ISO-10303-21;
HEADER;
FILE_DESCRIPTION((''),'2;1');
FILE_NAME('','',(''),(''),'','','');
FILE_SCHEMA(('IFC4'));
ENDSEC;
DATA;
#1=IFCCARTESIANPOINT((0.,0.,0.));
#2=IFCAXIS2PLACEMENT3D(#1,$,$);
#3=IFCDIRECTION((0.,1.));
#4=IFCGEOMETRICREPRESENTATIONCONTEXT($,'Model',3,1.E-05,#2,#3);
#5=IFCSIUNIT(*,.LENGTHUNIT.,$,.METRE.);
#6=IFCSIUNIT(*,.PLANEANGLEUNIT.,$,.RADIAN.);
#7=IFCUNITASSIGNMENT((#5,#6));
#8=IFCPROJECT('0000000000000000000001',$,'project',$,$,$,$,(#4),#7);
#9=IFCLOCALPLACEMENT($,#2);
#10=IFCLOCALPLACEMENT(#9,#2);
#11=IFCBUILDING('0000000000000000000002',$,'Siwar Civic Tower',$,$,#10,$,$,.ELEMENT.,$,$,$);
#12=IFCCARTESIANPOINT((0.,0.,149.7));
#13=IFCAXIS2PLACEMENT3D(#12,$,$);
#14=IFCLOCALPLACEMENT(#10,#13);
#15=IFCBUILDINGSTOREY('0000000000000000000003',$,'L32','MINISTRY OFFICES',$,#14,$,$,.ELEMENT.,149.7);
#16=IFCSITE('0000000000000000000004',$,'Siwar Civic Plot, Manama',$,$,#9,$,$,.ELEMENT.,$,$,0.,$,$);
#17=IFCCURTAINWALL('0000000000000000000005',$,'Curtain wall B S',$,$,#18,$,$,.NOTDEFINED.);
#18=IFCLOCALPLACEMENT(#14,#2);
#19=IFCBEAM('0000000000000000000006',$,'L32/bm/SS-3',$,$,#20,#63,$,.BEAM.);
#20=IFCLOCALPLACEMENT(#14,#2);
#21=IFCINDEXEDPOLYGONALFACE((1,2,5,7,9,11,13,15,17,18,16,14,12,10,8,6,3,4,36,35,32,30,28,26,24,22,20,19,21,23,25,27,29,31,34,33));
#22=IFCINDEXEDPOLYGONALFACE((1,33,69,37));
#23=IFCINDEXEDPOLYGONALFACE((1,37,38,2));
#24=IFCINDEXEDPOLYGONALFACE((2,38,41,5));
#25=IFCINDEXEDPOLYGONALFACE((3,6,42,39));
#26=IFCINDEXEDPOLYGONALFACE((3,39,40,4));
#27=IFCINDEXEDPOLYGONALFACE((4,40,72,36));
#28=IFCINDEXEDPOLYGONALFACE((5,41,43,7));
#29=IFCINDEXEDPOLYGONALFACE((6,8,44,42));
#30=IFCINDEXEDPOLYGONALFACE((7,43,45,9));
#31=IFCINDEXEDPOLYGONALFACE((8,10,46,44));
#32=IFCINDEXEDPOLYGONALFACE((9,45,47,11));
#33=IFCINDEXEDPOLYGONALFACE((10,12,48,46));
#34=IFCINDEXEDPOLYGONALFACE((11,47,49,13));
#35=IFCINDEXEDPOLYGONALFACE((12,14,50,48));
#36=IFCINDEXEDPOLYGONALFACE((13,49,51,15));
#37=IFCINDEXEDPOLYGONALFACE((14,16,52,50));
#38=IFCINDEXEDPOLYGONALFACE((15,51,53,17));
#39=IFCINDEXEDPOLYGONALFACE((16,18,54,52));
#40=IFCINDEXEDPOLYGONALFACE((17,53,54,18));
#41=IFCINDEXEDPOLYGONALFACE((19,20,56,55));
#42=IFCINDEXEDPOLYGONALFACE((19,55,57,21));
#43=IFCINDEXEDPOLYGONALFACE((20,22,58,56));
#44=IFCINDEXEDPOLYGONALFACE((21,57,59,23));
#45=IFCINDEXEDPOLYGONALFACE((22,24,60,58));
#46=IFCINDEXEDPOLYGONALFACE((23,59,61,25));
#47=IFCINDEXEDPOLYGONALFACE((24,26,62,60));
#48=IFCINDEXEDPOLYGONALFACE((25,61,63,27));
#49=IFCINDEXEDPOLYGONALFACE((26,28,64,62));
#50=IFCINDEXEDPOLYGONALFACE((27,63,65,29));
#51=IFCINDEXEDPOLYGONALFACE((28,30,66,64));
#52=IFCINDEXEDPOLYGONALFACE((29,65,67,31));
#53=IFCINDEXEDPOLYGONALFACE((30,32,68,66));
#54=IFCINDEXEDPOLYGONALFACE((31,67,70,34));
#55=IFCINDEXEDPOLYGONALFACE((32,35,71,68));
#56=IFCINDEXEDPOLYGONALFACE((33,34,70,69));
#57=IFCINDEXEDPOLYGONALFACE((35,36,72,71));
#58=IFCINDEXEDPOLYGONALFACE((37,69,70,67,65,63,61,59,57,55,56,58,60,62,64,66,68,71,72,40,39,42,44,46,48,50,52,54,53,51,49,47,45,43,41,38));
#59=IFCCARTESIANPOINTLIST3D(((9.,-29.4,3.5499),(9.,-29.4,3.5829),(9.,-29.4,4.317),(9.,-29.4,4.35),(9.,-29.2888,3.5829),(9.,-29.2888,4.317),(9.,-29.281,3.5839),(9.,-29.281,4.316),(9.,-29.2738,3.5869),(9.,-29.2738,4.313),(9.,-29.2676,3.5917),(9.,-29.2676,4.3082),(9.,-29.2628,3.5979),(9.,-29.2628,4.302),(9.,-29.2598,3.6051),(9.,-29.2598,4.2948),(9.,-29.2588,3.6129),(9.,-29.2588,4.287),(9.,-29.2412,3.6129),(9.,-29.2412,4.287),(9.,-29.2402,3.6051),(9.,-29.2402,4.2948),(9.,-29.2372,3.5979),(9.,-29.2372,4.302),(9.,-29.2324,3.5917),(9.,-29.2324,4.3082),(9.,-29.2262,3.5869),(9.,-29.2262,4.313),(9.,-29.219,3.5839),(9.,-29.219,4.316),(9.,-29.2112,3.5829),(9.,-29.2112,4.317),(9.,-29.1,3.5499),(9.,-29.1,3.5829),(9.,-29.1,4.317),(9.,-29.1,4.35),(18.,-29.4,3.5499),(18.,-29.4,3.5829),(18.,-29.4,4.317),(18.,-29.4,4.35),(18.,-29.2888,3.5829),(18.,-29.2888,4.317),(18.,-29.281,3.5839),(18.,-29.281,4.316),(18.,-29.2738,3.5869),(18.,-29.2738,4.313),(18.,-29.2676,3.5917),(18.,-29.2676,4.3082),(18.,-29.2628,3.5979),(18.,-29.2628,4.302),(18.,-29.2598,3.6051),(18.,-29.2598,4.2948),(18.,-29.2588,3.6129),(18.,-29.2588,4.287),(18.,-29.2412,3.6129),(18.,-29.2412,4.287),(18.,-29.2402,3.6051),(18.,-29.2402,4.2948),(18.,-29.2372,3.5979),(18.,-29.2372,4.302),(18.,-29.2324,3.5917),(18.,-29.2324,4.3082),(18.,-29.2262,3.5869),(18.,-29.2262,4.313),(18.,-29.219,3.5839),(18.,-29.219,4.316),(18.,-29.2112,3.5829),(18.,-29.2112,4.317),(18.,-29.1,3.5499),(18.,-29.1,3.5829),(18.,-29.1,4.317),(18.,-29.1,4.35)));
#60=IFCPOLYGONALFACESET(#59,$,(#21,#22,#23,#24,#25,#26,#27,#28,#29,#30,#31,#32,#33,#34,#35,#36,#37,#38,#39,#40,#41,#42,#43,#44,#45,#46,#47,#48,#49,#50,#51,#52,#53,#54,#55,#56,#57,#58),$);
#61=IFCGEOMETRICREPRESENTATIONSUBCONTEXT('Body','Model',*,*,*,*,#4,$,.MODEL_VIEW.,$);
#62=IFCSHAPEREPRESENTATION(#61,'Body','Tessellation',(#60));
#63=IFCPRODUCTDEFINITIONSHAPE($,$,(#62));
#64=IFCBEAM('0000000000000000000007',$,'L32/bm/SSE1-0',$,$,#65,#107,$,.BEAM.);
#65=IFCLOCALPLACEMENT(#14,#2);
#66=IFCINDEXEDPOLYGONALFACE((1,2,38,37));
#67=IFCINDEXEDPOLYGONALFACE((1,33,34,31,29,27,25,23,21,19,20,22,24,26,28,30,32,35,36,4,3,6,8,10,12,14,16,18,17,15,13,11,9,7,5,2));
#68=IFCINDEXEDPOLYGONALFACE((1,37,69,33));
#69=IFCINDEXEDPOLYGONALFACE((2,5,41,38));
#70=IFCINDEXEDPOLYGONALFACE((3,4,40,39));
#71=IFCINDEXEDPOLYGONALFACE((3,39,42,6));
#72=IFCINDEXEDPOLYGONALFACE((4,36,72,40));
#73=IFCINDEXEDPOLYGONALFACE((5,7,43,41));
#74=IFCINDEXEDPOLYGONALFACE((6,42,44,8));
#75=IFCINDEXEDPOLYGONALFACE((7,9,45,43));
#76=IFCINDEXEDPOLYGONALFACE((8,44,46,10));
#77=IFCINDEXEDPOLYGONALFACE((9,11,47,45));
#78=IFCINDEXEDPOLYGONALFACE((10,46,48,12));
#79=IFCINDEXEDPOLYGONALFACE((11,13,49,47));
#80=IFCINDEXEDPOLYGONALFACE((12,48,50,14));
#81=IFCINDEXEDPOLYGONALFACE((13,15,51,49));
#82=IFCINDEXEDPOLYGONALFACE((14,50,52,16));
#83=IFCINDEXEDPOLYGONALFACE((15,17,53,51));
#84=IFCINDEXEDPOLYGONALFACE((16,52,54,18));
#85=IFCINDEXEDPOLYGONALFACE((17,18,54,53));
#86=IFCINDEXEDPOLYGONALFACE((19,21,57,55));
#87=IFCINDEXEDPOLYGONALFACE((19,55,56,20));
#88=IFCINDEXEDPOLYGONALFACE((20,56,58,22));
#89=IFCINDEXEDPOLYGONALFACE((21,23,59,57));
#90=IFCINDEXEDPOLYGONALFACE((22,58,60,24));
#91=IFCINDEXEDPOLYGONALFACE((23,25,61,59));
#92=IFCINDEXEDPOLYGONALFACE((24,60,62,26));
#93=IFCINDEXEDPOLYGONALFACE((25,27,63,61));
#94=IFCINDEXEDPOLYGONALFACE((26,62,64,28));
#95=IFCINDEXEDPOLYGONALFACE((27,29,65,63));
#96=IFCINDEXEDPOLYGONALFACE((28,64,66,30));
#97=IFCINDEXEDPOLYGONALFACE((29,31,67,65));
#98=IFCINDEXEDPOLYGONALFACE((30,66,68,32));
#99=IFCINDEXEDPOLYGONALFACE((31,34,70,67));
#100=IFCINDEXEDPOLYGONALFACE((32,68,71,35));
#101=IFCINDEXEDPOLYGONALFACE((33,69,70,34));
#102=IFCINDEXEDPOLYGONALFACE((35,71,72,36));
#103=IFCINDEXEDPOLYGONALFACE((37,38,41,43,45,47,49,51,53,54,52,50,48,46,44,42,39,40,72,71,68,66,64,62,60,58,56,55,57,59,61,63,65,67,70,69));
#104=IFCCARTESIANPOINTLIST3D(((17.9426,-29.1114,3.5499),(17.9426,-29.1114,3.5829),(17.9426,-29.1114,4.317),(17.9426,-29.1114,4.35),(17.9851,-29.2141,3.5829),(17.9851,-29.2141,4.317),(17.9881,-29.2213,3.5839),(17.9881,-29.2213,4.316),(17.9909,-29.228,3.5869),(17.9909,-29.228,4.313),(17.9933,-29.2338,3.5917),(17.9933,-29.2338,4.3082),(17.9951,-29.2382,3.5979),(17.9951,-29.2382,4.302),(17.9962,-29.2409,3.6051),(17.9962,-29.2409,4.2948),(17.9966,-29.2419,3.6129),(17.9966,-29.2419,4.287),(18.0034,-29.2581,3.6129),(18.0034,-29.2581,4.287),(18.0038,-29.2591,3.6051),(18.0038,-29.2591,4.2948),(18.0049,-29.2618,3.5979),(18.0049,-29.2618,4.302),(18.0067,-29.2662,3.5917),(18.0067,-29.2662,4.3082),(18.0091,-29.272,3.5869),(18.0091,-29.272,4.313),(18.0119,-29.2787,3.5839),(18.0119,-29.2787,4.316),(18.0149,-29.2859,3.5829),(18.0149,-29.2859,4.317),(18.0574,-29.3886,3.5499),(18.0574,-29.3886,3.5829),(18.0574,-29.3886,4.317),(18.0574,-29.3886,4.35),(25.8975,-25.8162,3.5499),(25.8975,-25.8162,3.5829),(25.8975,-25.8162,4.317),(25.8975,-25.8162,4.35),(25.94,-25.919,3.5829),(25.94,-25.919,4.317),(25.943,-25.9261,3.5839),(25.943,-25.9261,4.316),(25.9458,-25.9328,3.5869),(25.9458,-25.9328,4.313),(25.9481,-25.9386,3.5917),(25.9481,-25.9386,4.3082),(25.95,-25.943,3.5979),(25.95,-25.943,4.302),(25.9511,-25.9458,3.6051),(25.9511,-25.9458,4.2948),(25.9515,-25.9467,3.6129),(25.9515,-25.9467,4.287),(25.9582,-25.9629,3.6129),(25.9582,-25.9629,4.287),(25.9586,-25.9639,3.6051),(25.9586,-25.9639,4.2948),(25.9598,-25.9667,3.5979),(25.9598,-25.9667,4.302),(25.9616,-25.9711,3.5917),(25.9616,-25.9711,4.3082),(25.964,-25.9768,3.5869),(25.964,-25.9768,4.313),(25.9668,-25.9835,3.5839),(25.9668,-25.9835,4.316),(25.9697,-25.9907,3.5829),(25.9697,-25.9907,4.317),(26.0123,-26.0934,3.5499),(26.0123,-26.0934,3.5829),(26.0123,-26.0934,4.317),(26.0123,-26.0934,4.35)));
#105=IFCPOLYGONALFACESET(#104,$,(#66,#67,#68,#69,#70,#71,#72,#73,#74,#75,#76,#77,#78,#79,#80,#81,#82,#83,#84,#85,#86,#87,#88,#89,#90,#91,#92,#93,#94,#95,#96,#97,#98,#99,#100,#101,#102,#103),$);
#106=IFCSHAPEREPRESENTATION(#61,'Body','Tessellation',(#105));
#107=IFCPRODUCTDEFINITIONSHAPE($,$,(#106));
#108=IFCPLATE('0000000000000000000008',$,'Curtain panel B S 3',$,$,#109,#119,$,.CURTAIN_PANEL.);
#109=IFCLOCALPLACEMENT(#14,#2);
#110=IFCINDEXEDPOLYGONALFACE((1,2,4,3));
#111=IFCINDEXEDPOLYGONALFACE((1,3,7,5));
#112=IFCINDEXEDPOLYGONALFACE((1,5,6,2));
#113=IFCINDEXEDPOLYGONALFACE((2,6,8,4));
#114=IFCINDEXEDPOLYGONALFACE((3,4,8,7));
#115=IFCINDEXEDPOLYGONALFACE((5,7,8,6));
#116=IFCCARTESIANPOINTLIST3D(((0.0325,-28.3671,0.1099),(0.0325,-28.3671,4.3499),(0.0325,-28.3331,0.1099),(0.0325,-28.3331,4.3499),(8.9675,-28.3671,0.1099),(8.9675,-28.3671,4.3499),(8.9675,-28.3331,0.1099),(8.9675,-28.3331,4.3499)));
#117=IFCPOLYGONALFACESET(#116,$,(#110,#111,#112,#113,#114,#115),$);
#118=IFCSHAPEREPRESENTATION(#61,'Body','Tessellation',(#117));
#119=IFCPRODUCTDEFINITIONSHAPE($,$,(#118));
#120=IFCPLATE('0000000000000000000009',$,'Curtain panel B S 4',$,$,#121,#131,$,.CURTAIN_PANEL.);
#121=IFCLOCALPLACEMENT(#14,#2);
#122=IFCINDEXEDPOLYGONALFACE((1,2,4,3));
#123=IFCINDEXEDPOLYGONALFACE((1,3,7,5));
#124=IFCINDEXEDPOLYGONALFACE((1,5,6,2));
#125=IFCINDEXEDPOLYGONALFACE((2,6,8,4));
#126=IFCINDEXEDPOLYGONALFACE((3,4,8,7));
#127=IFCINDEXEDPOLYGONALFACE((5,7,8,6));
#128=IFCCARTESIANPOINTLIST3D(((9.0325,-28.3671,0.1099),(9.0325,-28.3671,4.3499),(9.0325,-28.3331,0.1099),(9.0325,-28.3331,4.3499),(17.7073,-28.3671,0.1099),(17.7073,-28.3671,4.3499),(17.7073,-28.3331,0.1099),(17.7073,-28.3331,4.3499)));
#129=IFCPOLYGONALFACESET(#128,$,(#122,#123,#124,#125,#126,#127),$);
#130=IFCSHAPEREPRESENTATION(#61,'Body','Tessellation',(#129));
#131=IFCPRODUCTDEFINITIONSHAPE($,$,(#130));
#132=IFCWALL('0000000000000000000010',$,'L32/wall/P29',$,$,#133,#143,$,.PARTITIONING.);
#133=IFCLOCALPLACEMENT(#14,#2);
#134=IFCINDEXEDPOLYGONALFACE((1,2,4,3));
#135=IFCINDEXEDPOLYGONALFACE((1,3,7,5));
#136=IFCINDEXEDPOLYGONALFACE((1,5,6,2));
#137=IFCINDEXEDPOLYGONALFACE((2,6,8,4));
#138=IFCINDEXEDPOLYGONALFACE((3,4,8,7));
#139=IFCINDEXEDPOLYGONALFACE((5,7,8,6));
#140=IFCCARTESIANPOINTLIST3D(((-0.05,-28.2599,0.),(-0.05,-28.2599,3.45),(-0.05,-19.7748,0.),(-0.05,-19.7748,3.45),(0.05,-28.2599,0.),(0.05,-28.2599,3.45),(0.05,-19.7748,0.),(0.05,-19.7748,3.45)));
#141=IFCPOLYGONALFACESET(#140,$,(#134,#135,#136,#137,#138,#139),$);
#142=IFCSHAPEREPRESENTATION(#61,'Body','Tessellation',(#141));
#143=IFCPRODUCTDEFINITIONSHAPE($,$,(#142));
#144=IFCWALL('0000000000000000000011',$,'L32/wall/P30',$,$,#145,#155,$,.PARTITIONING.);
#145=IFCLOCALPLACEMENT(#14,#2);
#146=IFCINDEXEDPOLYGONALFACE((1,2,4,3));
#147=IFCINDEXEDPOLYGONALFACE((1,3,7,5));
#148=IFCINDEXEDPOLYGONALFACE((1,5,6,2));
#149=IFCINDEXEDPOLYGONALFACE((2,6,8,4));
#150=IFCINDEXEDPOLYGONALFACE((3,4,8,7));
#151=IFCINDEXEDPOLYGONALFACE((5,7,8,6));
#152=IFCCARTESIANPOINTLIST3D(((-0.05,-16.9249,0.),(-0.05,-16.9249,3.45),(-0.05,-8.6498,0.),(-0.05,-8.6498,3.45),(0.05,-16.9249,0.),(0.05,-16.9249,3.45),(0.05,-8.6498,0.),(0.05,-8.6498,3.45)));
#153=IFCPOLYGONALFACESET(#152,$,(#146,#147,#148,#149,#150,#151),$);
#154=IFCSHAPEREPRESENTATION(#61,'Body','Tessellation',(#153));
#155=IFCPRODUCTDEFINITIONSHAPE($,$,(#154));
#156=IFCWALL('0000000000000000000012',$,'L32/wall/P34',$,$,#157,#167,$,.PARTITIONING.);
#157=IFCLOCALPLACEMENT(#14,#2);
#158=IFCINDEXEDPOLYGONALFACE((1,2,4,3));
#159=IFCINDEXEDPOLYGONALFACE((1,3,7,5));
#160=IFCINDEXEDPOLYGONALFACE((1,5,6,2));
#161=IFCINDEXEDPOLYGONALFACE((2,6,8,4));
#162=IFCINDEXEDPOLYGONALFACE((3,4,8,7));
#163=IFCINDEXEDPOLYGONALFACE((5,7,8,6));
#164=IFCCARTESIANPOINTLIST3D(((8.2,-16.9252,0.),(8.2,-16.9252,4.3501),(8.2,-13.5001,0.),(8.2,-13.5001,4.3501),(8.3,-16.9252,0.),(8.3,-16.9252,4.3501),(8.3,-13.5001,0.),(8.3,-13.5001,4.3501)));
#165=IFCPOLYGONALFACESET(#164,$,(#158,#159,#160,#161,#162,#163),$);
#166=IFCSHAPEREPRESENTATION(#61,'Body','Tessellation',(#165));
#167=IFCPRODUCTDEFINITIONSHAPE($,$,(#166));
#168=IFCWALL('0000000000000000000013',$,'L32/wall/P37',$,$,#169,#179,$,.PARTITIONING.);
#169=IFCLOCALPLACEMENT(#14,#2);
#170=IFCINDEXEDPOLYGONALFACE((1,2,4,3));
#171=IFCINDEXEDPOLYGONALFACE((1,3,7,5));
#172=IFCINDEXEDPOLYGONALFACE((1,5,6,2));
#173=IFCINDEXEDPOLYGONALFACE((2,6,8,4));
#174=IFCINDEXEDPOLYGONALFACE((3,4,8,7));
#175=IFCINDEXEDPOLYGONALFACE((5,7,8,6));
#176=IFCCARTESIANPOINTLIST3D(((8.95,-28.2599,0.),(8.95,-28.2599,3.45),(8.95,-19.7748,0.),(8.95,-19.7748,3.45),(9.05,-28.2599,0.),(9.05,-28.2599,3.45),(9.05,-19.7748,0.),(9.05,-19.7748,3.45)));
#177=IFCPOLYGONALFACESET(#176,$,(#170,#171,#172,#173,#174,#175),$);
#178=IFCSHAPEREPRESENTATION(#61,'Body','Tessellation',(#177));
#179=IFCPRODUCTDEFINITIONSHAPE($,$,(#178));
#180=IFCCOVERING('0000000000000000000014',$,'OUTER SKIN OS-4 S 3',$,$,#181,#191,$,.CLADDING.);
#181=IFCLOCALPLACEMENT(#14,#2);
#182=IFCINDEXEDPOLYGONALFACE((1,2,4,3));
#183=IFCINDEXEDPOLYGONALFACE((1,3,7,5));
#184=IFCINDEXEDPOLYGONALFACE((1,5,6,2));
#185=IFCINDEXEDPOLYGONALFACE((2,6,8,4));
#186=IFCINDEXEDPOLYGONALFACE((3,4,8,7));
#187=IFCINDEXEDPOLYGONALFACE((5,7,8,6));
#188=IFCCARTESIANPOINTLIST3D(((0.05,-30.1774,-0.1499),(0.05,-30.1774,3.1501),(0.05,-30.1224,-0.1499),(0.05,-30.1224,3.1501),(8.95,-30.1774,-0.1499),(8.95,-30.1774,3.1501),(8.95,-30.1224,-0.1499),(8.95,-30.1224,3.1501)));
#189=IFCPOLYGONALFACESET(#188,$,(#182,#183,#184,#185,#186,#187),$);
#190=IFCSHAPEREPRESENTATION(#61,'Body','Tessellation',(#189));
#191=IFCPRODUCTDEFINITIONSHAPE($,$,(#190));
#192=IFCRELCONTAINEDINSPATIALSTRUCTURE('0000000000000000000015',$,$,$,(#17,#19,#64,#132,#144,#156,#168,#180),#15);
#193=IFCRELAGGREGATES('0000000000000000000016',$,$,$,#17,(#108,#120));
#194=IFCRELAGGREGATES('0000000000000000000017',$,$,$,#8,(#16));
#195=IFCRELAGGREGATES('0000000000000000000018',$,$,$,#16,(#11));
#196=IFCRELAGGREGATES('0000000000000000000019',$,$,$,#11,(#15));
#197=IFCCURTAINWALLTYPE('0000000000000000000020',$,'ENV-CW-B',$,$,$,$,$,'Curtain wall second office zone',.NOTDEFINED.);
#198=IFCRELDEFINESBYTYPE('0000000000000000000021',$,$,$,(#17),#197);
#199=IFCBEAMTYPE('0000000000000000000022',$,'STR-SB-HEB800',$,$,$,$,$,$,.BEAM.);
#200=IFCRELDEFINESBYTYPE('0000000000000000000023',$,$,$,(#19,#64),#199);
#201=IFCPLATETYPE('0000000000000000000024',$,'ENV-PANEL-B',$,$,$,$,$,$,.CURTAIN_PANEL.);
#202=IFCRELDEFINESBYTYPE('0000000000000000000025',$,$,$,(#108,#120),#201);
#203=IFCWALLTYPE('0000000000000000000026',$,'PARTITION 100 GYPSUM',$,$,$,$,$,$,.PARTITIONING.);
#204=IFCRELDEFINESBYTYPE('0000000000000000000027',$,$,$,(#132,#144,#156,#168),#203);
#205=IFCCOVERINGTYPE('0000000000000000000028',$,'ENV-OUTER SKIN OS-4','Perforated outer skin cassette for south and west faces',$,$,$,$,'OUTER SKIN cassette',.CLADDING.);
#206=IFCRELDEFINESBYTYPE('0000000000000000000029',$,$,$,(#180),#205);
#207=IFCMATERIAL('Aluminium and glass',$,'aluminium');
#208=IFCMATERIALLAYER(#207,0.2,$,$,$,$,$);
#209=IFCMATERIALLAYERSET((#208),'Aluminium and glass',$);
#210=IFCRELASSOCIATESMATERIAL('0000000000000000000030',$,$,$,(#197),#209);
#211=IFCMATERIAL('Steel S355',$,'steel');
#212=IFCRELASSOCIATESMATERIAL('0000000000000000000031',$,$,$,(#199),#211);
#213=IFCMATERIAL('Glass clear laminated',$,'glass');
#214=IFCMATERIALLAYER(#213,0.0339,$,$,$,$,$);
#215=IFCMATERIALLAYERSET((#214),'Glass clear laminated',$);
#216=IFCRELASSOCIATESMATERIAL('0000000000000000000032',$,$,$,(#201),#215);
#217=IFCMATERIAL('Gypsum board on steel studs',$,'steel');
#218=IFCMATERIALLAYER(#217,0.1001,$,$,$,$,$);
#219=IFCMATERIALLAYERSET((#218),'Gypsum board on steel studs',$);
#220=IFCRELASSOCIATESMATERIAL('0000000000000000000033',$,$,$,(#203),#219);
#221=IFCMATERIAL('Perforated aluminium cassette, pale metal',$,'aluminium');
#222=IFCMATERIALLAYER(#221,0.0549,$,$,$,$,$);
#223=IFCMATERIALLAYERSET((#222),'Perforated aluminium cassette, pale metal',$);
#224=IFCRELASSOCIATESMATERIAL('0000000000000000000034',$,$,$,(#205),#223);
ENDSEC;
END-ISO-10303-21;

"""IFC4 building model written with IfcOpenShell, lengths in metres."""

from ifc_helpers import new_model, si_unit, direction, frame, frame_2d, origin, origin_2d, place, context, subcontext, project, spatial, rectangle, i_section, extrude, material, layer, layer_set, material_profile, profile_set, type_object, element, aggregate, save


model = new_model("IFC4")

# Units and contexts
model_context = context("Model", 3, precision=1e-05, world=origin(), true_north=direction((0.0, 1.0)))
body_context = subcontext(model_context, "Body", "Model", "MODEL_VIEW")
ifc_project = project(units=[si_unit("LENGTHUNIT", "METRE"), si_unit("PLANEANGLEUNIT", "RADIAN")], contexts=[model_context])

# Site, building, storey
site_placement = place(None, origin())
site = spatial("IfcSite", under=ifc_project, at=site_placement, Name="Siwar Civic Plot, Manama", CompositionType="ELEMENT", RefElevation=0.0)
building_placement = place(site_placement, origin())
building = spatial("IfcBuilding", under=site, at=building_placement, Name="Siwar Civic Tower", CompositionType="ELEMENT")
storey_placement = place(building_placement, frame((0.0, 0.0, 149.7)))
storey = spatial("IfcBuildingStorey", under=building, at=storey_placement, Name="L32", Description="MINISTRY OFFICES", CompositionType="ELEMENT", Elevation=149.7)

# Curtain wall
ifc_material_1 = material(Name="Aluminium and glass", Category="aluminium")
ifc_layer_1 = layer(ifc_material_1, 0.2)
ifc_layer_set_1 = layer_set([ifc_layer_1], Name="Aluminium and glass")
curtain_wall_type_1 = type_object("IfcCurtainWallType", Name="ENV-CW-B", ElementType="Curtain wall second office zone", PredefinedType="NOTDEFINED", material=ifc_layer_set_1)
curtain_wall_1_placement = place(storey_placement, origin())
curtain_wall_1 = element("IfcCurtainWall", 1, at=curtain_wall_1_placement, inside=storey, type_object=curtain_wall_type_1, Name="Curtain wall B S", PredefinedType="NOTDEFINED")

# Beams
ifc_material_2 = material(Name="Steel S355", Category="steel")
ifc_material_profile_1 = material_profile(ifc_material_2, i_section(OverallWidth=0.3, OverallDepth=0.8, WebThickness=0.0176, FlangeThickness=0.033, FilletRadius=0.03, at=origin_2d()), Name="HEB800")
ifc_profile_set_1 = profile_set([ifc_material_profile_1], Name="Steel S355")
beam_type_1 = type_object("IfcBeamType", Name="STR-SB-HEB800", PredefinedType="BEAM", material=ifc_profile_set_1)
beam_1_placement = place(storey_placement, frame((9.0, -29.25, 3.95), z_axis=(1.0, 0.0, 0.0), x_axis=(0.0, 1.0, 0.0)))
element("IfcBeam", 2, at=beam_1_placement, inside=storey, type_object=beam_type_1, Name="L32/bm/SS-3", PredefinedType="BEAM", context=body_context, shape_type="SweptSolid", body=[
    extrude(i_section(OverallWidth=0.3, OverallDepth=0.8, WebThickness=0.0176, FlangeThickness=0.033, FilletRadius=0.03, at=origin_2d()), origin(), (0.0, 0.0, 1.0), 9.0),
])
beam_2_placement = place(storey_placement, frame((18.0, -29.25, 3.95), z_axis=(0.923873, 0.3827, 0.0), x_axis=(-0.3827, 0.923873, 0.0)))
element("IfcBeam", 3, at=beam_2_placement, inside=storey, type_object=beam_type_1, Name="L32/bm/SSE1-0", PredefinedType="BEAM", context=body_context, shape_type="SweptSolid", body=[
    extrude(i_section(OverallWidth=0.3, OverallDepth=0.8, WebThickness=0.0176, FlangeThickness=0.033, FilletRadius=0.03, at=origin_2d()), origin(), (0.0, 0.0, 1.0), 8.6104),
])

# Plates
ifc_material_3 = material(Name="Glass clear laminated", Category="glass")
ifc_layer_2 = layer(ifc_material_3, 0.0339)
ifc_layer_set_2 = layer_set([ifc_layer_2], Name="Glass clear laminated")
plate_type = type_object("IfcPlateType", Name="ENV-PANEL-B", PredefinedType="CURTAIN_PANEL", material=ifc_layer_set_2)
plate_1_placement = place(storey_placement, frame((4.5, -28.3501, 0.1099), z_axis=(0.0, 0.0, 1.0), x_axis=(1.0, 0.0, 0.0)))
plate_1 = element("IfcPlate", 4, at=plate_1_placement, type_object=plate_type, Name="Curtain panel B S 3", PredefinedType="CURTAIN_PANEL", context=body_context, shape_type="SweptSolid", body=[
    extrude(rectangle(XDim=8.9351, YDim=0.0339, at=origin_2d()), origin(), (0.0, 0.0, 1.0), 4.24),
])
plate_2_placement = place(storey_placement, frame((13.3699, -28.3501, 0.1099), z_axis=(0.0, 0.0, 1.0), x_axis=(1.0, 0.0, 0.0)))
plate_2 = element("IfcPlate", 5, at=plate_2_placement, type_object=plate_type, Name="Curtain panel B S 4", PredefinedType="CURTAIN_PANEL", context=body_context, shape_type="SweptSolid", body=[
    extrude(rectangle(XDim=8.6748, YDim=0.0339, at=origin_2d()), origin(), (0.0, 0.0, 1.0), 4.24),
])
aggregate(curtain_wall_1, [plate_1, plate_2])

# Walls
ifc_material_4 = material(Name="Gypsum board on steel studs", Category="steel")
ifc_layer_3 = layer(ifc_material_4, 0.1001)
ifc_layer_set_3 = layer_set([ifc_layer_3], Name="Gypsum board on steel studs")
wall_type = type_object("IfcWallType", Name="PARTITION 100 GYPSUM", PredefinedType="PARTITIONING", material=ifc_layer_set_3)
wall_1_placement = place(storey_placement, frame((0.0, -28.26, 0.0), z_axis=(0.0, 0.0, 1.0), x_axis=(0.0, 1.0, 0.0)))
element("IfcWall", 6, at=wall_1_placement, inside=storey, type_object=wall_type, Name="L32/wall/P29", PredefinedType="PARTITIONING", context=body_context, shape_type="SweptSolid", body=[
    extrude(rectangle(XDim=8.4851, YDim=0.1001, at=frame_2d((4.2427, 0.0))), origin(), (0.0, 0.0, 1.0), 3.45),
])
wall_2_placement = place(storey_placement, frame((0.0, -16.925, 0.0), z_axis=(0.0, 0.0, 1.0), x_axis=(0.0, 1.0, 0.0)))
element("IfcWall", 7, at=wall_2_placement, inside=storey, type_object=wall_type, Name="L32/wall/P30", PredefinedType="PARTITIONING", context=body_context, shape_type="SweptSolid", body=[
    extrude(rectangle(XDim=8.2751, YDim=0.1001, at=frame_2d((4.1377, 0.0))), origin(), (0.0, 0.0, 1.0), 3.45),
])
wall_3_placement = place(storey_placement, frame((8.25, -16.925, 0.0), z_axis=(0.0, 0.0, 1.0), x_axis=(0.0, 1.0, 0.0)))
element("IfcWall", 8, at=wall_3_placement, inside=storey, type_object=wall_type, Name="L32/wall/P34", PredefinedType="PARTITIONING", context=body_context, shape_type="SweptSolid", body=[
    extrude(rectangle(XDim=3.425, YDim=0.1001, at=frame_2d((1.7124, 0.0))), origin(), (0.0, 0.0, 1.0), 4.3501),
])
wall_4_placement = place(storey_placement, frame((9.0, -28.26, 0.0), z_axis=(0.0, 0.0, 1.0), x_axis=(0.0, 1.0, 0.0)))
element("IfcWall", 9, at=wall_4_placement, inside=storey, type_object=wall_type, Name="L32/wall/P37", PredefinedType="PARTITIONING", context=body_context, shape_type="SweptSolid", body=[
    extrude(rectangle(XDim=8.4851, YDim=0.1001, at=frame_2d((4.2427, 0.0))), origin(), (0.0, 0.0, 1.0), 3.45),
])

# Covering
ifc_material_5 = material(Name="Perforated aluminium cassette, pale metal", Category="aluminium")
ifc_layer_4 = layer(ifc_material_5, 0.0549)
ifc_layer_set_4 = layer_set([ifc_layer_4], Name="Perforated aluminium cassette, pale metal")
covering_type = type_object("IfcCoveringType", Name="ENV-OUTER SKIN OS-4", Description="Perforated outer skin cassette for south and west faces", ElementType="OUTER SKIN cassette", PredefinedType="CLADDING", material=ifc_layer_set_4)
covering_1_placement = place(storey_placement, frame((4.5, -30.1499, -0.1499), z_axis=(0.0, 0.0, 1.0), x_axis=(1.0, 0.0, 0.0)))
element("IfcCovering", 10, at=covering_1_placement, inside=storey, type_object=covering_type, Name="OUTER SKIN OS-4 S 3", PredefinedType="CLADDING", context=body_context, shape_type="SweptSolid", body=[
    extrude(rectangle(XDim=8.8999, YDim=0.0549, at=origin_2d()), origin(), (0.0, 0.0, 1.0), 3.3),
])

save(model, "model.ifc")
